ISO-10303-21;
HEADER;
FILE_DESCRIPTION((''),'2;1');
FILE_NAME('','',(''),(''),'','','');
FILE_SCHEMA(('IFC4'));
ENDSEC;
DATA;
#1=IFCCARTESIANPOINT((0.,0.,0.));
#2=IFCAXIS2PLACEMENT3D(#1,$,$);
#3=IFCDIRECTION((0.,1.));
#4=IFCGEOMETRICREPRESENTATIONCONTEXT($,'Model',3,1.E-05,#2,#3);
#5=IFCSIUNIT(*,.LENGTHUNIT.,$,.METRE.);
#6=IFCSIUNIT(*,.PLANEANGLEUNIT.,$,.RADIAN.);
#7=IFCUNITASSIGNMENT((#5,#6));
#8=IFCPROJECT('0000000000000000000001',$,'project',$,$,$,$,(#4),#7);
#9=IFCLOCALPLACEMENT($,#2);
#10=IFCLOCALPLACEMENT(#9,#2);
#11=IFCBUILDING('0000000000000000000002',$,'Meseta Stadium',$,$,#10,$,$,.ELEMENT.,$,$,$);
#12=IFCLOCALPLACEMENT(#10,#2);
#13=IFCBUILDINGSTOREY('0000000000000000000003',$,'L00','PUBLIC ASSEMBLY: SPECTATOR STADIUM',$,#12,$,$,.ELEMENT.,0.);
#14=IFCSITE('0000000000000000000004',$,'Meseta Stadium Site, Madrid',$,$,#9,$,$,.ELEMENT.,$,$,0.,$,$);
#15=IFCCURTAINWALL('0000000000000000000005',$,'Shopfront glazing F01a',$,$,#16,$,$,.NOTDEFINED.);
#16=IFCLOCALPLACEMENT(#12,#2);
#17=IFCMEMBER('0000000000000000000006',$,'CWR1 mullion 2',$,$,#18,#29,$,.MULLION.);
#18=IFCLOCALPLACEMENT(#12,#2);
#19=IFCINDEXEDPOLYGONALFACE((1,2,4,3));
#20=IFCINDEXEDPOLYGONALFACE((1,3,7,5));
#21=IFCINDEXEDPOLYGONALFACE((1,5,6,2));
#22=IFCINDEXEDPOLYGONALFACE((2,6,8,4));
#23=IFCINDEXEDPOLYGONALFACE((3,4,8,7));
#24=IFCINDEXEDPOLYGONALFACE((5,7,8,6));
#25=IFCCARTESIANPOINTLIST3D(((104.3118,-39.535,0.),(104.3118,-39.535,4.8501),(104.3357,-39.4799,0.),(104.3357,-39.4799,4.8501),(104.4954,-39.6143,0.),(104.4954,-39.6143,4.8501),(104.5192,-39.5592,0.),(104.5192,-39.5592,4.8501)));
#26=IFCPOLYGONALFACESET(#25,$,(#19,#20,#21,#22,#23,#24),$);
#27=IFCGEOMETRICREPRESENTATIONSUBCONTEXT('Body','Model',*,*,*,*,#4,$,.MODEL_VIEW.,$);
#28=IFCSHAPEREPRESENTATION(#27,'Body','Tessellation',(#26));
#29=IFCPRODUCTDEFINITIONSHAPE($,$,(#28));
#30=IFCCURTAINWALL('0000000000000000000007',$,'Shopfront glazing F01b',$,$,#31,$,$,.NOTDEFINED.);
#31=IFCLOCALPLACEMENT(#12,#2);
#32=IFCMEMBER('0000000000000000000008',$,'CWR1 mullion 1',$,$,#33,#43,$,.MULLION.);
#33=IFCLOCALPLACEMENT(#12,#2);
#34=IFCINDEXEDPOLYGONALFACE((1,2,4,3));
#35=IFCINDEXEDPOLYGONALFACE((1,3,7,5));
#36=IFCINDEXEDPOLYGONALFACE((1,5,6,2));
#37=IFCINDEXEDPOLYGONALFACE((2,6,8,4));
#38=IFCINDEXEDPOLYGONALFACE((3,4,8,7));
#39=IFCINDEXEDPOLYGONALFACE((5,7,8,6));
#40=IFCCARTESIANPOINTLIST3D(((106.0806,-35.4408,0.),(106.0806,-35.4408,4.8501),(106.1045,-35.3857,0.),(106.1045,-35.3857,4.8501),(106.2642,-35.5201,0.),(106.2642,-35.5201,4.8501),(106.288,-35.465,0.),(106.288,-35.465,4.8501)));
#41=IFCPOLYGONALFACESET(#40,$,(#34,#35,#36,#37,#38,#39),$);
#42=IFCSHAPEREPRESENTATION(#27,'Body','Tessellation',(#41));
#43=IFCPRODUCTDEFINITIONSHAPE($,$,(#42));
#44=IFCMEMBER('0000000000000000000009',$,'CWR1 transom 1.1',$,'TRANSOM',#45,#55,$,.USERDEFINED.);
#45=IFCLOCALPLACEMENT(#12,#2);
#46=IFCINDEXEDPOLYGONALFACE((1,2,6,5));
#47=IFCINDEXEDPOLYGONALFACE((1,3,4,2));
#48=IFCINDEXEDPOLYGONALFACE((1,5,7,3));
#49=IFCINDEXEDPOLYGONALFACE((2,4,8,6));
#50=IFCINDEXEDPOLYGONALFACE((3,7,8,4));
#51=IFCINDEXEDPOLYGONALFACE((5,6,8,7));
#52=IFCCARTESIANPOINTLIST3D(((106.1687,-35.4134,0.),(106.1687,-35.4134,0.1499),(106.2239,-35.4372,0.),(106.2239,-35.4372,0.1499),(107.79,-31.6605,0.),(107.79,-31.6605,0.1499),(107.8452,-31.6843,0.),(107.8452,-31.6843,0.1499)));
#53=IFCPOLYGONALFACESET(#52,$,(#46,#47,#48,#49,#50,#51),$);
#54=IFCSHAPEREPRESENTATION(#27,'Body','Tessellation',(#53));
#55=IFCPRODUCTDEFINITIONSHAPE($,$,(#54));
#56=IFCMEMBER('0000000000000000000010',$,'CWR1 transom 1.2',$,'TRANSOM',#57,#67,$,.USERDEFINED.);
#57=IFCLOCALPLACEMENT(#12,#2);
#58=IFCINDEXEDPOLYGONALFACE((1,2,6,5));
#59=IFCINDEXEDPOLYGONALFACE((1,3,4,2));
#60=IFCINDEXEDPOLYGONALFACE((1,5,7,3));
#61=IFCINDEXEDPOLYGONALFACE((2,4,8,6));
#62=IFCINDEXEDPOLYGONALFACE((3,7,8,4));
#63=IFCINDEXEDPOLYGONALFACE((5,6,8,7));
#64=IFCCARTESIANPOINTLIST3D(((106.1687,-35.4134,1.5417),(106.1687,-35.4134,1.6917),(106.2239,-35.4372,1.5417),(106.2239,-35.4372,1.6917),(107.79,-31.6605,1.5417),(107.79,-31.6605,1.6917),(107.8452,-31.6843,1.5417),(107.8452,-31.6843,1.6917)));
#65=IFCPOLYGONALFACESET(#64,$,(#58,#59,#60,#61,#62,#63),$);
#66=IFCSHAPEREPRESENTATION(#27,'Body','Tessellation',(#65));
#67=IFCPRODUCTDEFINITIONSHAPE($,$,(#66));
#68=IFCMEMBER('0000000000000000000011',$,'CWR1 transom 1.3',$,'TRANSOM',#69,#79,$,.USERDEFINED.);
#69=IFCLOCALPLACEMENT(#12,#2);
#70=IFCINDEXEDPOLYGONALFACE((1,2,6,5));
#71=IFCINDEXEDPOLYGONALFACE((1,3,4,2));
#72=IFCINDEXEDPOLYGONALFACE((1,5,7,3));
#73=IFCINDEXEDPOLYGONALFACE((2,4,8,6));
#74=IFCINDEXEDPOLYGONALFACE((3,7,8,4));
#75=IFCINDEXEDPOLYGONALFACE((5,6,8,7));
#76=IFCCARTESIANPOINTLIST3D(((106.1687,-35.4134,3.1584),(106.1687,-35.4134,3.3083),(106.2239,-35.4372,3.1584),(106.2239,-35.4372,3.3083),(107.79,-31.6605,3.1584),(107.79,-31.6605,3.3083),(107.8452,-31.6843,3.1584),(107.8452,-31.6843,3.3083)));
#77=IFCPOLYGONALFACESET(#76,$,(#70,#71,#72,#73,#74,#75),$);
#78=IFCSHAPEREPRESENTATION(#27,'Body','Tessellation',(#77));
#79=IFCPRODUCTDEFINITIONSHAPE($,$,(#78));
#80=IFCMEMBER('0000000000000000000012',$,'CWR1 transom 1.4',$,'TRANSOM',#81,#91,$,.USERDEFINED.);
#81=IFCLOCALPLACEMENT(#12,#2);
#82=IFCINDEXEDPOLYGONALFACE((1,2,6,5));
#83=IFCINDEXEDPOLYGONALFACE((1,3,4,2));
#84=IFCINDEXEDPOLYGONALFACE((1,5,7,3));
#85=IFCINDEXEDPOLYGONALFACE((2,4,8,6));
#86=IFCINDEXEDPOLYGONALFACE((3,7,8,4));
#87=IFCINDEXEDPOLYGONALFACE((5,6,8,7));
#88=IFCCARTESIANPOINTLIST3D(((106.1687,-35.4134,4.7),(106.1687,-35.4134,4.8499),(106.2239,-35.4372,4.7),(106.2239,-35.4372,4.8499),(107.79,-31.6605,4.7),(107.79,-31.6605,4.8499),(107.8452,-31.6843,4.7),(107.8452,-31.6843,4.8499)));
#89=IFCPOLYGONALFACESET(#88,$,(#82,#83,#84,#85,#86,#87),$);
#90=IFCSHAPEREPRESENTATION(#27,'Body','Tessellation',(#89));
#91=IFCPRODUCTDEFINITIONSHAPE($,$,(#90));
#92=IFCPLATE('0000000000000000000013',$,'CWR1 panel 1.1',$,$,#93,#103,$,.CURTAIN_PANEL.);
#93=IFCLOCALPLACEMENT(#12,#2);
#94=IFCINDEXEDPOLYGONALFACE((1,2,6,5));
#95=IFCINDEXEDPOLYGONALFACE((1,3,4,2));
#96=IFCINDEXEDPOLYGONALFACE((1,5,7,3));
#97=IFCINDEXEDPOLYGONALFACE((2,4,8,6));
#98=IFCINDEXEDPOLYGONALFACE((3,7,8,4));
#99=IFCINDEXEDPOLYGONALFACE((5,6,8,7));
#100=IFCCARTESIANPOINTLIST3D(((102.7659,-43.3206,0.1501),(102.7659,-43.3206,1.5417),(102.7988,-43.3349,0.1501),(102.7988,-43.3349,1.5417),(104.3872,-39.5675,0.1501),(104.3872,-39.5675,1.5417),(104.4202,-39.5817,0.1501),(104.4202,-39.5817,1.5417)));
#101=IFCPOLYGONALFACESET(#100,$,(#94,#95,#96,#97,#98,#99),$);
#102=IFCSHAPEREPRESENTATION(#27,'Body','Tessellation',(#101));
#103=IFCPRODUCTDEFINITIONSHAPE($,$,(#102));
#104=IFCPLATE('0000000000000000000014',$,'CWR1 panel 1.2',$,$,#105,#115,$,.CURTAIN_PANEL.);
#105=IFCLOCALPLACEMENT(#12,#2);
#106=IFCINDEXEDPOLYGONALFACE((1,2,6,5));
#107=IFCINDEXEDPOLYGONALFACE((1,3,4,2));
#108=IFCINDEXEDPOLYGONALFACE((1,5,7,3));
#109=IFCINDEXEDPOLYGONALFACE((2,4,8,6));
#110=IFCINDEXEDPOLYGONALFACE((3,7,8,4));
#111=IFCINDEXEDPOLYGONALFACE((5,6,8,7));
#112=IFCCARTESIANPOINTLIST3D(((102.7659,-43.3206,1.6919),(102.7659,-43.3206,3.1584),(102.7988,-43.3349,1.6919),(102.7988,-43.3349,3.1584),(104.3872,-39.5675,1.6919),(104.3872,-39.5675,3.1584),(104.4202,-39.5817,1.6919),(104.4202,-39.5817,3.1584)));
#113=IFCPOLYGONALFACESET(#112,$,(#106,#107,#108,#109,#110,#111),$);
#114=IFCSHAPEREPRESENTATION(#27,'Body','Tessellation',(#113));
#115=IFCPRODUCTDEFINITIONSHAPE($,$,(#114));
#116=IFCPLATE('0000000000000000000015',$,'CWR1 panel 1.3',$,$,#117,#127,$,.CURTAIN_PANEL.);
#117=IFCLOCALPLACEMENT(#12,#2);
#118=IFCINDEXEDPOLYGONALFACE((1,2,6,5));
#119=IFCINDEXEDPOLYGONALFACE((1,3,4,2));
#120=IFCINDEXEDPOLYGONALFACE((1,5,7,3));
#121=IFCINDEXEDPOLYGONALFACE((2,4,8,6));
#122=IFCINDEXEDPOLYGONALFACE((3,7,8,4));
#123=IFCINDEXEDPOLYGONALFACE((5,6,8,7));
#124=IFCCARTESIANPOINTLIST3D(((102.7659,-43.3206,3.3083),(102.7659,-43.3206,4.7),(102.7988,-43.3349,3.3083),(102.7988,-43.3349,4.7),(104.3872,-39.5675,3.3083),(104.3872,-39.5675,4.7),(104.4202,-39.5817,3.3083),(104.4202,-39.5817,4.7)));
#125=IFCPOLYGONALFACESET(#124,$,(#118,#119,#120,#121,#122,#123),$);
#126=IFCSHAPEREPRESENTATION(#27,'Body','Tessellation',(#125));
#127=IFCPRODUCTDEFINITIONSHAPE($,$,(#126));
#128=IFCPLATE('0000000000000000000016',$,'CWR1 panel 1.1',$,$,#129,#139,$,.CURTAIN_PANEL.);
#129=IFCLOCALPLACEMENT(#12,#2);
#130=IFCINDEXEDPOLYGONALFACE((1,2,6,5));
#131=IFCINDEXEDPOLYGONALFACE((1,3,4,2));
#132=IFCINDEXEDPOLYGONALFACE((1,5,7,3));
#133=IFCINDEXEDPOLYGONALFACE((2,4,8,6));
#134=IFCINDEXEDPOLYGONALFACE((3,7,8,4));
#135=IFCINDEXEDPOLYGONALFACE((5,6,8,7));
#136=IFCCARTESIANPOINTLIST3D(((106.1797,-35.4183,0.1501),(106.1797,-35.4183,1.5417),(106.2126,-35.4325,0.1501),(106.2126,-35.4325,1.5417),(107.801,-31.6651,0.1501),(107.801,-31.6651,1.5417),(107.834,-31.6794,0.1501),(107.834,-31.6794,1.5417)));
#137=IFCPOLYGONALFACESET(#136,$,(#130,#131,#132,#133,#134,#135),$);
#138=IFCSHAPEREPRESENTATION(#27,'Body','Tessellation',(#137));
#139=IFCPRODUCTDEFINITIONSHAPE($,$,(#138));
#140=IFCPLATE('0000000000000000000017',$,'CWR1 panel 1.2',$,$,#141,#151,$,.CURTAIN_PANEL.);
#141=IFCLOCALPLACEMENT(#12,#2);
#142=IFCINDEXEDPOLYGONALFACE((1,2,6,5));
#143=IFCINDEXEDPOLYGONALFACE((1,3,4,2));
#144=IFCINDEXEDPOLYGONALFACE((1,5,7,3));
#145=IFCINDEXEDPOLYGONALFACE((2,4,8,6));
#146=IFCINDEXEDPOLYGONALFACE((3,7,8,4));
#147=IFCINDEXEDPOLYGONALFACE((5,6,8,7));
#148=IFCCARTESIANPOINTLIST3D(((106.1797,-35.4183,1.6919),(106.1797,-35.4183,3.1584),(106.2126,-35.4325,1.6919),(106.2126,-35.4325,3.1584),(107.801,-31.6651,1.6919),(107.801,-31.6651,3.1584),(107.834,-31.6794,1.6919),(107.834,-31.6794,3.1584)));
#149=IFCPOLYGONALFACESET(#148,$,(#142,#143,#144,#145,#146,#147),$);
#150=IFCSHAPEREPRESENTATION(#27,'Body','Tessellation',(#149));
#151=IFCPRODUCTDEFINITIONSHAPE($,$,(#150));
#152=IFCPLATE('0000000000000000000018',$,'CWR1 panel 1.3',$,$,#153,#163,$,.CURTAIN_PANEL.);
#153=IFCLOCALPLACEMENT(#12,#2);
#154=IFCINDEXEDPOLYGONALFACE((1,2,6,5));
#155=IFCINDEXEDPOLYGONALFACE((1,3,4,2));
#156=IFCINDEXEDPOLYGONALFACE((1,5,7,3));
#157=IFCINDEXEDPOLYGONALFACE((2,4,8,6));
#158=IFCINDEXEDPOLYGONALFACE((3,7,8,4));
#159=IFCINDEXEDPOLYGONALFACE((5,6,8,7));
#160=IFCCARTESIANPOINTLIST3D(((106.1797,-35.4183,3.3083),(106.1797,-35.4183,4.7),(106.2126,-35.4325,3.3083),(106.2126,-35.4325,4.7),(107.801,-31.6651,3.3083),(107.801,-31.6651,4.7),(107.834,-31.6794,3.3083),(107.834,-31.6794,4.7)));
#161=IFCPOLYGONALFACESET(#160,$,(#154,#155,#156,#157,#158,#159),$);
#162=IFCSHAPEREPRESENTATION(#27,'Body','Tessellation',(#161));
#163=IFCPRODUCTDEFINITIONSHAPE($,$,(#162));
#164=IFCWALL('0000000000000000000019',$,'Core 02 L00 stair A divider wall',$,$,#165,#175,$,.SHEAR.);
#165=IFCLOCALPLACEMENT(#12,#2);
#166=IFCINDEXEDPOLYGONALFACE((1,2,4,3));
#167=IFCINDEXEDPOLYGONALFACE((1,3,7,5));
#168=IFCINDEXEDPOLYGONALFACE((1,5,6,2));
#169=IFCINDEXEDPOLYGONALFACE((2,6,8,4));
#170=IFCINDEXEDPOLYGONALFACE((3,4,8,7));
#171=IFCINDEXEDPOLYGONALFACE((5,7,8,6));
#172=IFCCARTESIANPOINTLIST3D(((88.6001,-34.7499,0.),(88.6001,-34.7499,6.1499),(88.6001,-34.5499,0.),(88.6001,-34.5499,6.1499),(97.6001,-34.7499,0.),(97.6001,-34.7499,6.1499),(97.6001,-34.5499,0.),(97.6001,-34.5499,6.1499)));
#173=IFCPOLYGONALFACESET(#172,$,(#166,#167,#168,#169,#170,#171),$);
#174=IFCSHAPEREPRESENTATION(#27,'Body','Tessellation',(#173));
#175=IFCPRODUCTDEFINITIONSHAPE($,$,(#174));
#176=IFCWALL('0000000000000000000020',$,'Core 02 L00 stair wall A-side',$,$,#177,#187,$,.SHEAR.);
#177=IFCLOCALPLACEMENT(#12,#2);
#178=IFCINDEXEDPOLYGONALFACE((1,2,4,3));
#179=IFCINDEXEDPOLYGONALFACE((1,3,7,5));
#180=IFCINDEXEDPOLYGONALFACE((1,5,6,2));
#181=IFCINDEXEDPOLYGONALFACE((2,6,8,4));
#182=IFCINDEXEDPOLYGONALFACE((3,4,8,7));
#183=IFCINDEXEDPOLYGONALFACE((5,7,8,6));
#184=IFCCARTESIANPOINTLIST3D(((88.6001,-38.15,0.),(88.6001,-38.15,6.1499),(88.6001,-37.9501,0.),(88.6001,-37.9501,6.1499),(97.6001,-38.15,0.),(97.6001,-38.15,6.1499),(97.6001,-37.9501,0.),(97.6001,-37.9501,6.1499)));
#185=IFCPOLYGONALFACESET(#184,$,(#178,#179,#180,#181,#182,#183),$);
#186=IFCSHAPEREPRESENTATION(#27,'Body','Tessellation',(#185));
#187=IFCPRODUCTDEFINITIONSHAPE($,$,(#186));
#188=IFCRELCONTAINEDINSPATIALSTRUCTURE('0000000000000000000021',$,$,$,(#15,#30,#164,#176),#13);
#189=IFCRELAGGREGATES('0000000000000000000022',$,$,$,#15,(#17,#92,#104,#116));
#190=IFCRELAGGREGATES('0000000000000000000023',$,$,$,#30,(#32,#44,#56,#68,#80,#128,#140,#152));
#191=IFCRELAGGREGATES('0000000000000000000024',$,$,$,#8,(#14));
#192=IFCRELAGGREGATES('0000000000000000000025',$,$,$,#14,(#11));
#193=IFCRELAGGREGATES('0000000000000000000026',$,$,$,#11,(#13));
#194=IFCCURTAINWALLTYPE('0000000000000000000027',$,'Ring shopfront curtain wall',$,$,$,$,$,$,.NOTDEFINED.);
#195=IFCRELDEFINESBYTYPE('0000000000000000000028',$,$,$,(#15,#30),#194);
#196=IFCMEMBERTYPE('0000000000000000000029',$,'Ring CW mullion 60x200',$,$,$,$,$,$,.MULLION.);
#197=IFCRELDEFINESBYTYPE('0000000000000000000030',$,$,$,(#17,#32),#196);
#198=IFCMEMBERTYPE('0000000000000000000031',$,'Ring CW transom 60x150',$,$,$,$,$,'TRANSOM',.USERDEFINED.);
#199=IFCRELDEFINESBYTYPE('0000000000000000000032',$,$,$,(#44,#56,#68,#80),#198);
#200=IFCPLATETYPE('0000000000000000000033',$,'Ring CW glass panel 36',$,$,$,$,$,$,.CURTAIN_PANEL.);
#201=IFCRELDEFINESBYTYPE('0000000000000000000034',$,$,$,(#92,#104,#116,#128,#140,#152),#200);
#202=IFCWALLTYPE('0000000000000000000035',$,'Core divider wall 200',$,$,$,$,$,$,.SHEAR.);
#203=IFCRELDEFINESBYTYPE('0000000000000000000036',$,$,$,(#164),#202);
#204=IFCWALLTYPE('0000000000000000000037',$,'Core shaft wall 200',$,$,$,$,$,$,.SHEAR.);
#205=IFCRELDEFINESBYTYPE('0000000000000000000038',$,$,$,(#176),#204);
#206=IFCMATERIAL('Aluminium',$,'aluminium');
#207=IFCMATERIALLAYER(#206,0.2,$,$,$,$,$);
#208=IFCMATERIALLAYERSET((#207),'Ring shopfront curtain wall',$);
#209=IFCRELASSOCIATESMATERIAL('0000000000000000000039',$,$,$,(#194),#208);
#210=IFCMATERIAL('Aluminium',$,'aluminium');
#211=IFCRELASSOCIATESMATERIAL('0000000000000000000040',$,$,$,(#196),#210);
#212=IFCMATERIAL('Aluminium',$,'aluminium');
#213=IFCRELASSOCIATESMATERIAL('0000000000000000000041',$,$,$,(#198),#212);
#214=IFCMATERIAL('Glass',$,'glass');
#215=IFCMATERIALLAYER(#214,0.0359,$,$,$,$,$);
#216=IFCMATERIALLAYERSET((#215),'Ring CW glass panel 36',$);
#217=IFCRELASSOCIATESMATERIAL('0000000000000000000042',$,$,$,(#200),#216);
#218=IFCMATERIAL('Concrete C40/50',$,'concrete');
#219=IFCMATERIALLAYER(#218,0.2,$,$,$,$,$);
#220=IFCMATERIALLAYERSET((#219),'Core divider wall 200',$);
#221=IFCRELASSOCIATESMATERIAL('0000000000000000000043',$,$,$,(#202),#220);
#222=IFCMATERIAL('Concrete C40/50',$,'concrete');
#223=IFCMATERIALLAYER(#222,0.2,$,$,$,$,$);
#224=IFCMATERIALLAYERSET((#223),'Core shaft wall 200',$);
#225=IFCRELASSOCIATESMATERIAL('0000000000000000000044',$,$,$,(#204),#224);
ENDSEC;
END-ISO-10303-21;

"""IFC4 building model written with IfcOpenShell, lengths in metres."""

from ifc_helpers import new_model, si_unit, direction, frame, frame_2d, origin, origin_2d, place, context, subcontext, project, spatial, rectangle, extrude, material, layer, layer_set, material_profile, profile_set, type_object, element, aggregate, save


model = new_model("IFC4")

# Units and contexts
model_context = context("Model", 3, precision=1e-05, world=origin(), true_north=direction((0.0, 1.0)))
body_context = subcontext(model_context, "Body", "Model", "MODEL_VIEW")
ifc_project = project(units=[si_unit("LENGTHUNIT", "METRE"), si_unit("PLANEANGLEUNIT", "RADIAN")], contexts=[model_context])

# Site, building, storey
site_placement = place(None, origin())
site = spatial("IfcSite", under=ifc_project, at=site_placement, Name="Meseta Stadium Site, Madrid", CompositionType="ELEMENT", RefElevation=0.0)
building_placement = place(site_placement, origin())
building = spatial("IfcBuilding", under=site, at=building_placement, Name="Meseta Stadium", CompositionType="ELEMENT")
storey_placement = place(building_placement, origin())
storey = spatial("IfcBuildingStorey", under=building, at=storey_placement, Name="L00", Description="PUBLIC ASSEMBLY: SPECTATOR STADIUM", CompositionType="ELEMENT", Elevation=0.0)

# Curtain wall, member
ifc_material_1 = material(Name="Aluminium", Category="aluminium")
ifc_layer_1 = layer(ifc_material_1, 0.2)
ifc_layer_set_1 = layer_set([ifc_layer_1], Name="Ring shopfront curtain wall")
curtain_wall_type = type_object("IfcCurtainWallType", Name="Ring shopfront curtain wall", PredefinedType="NOTDEFINED", material=ifc_layer_set_1)
curtain_wall_1_placement = place(storey_placement, origin())
curtain_wall_1 = element("IfcCurtainWall", 1, at=curtain_wall_1_placement, inside=storey, type_object=curtain_wall_type, Name="Shopfront glazing F01a", PredefinedType="NOTDEFINED")
ifc_material_2 = material(Name="Aluminium", Category="aluminium")
ifc_material_profile_1 = material_profile(ifc_material_2, rectangle(XDim=0.2, YDim=0.0601, at=origin_2d()), Name="CW 200x60")
ifc_profile_set_1 = profile_set([ifc_material_profile_1], Name="Aluminium")
member_type_1 = type_object("IfcMemberType", Name="Ring CW mullion 60x200", PredefinedType="MULLION", material=ifc_profile_set_1)
member_1_placement = place(storey_placement, frame((104.4155, -39.5471, 0.0), z_axis=(0.0, 0.0, 1.0), x_axis=(-0.918002, 0.396576, 0.0)))
member_1 = element("IfcMember", 2, at=member_1_placement, type_object=member_type_1, Name="CWR1 mullion 2", PredefinedType="MULLION", context=body_context, shape_type="SweptSolid", body=[
    extrude(rectangle(XDim=0.2, YDim=0.0601, at=origin_2d()), origin(), (0.0, 0.0, 1.0), 4.8501),
])

# Curtain wall, members
curtain_wall_2_placement = place(storey_placement, origin())
curtain_wall_2 = element("IfcCurtainWall", 3, at=curtain_wall_2_placement, inside=storey, type_object=curtain_wall_type, Name="Shopfront glazing F01b", PredefinedType="NOTDEFINED")
member_2_placement = place(storey_placement, frame((106.1843, -35.4529, 0.0), z_axis=(0.0, 0.0, 1.0), x_axis=(-0.918002, 0.396576, 0.0)))
member_2 = element("IfcMember", 4, at=member_2_placement, type_object=member_type_1, Name="CWR1 mullion 1", PredefinedType="MULLION", context=body_context, shape_type="SweptSolid", body=[
    extrude(rectangle(XDim=0.2, YDim=0.0601, at=origin_2d()), origin(), (0.0, 0.0, 1.0), 4.8501),
])
ifc_material_3 = material(Name="Aluminium", Category="aluminium")
ifc_material_profile_2 = material_profile(ifc_material_3, rectangle(XDim=0.0601, YDim=0.1499, at=origin_2d()), Name="CW 60x150")
ifc_profile_set_2 = profile_set([ifc_material_profile_2], Name="Aluminium")
member_type_2 = type_object("IfcMemberType", Name="Ring CW transom 60x150", ElementType="TRANSOM", PredefinedType="USERDEFINED", material=ifc_profile_set_2)
member_3_placement = place(storey_placement, frame((106.1963, -35.4253, 0.075), z_axis=(0.396592, 0.917995, 0.0), x_axis=(-0.917995, 0.396592, 0.0)))
member_3 = element("IfcMember", 5, at=member_3_placement, type_object=member_type_2, Name="CWR1 transom 1.1", ObjectType="TRANSOM", PredefinedType="USERDEFINED", context=body_context, shape_type="SweptSolid", body=[
    extrude(rectangle(XDim=0.0601, YDim=0.1499, at=origin_2d()), origin(), (0.0, 0.0, 1.0), 4.0881),
])
member_4_placement = place(storey_placement, frame((106.1963, -35.4253, 1.6167), z_axis=(0.396592, 0.917995, 0.0), x_axis=(-0.917995, 0.396592, 0.0)))
member_4 = element("IfcMember", 6, at=member_4_placement, type_object=member_type_2, Name="CWR1 transom 1.2", ObjectType="TRANSOM", PredefinedType="USERDEFINED", context=body_context, shape_type="SweptSolid", body=[
    extrude(rectangle(XDim=0.0601, YDim=0.1499, at=origin_2d()), origin(), (0.0, 0.0, 1.0), 4.0881),
])
member_5_placement = place(storey_placement, frame((106.1963, -35.4253, 3.2334), z_axis=(0.396592, 0.917995, 0.0), x_axis=(-0.917995, 0.396592, 0.0)))
member_5 = element("IfcMember", 7, at=member_5_placement, type_object=member_type_2, Name="CWR1 transom 1.3", ObjectType="TRANSOM", PredefinedType="USERDEFINED", context=body_context, shape_type="SweptSolid", body=[
    extrude(rectangle(XDim=0.0601, YDim=0.1499, at=origin_2d()), origin(), (0.0, 0.0, 1.0), 4.0881),
])
member_6_placement = place(storey_placement, frame((106.1963, -35.4253, 4.7749), z_axis=(0.396592, 0.917995, 0.0), x_axis=(-0.917995, 0.396592, 0.0)))
member_6 = element("IfcMember", 8, at=member_6_placement, type_object=member_type_2, Name="CWR1 transom 1.4", ObjectType="TRANSOM", PredefinedType="USERDEFINED", context=body_context, shape_type="SweptSolid", body=[
    extrude(rectangle(XDim=0.0601, YDim=0.1499, at=origin_2d()), origin(), (0.0, 0.0, 1.0), 4.0881),
])

# Plates
ifc_material_4 = material(Name="Glass", Category="glass")
ifc_layer_2 = layer(ifc_material_4, 0.0359)
ifc_layer_set_2 = layer_set([ifc_layer_2], Name="Ring CW glass panel 36")
plate_type = type_object("IfcPlateType", Name="Ring CW glass panel 36", PredefinedType="CURTAIN_PANEL", material=ifc_layer_set_2)
plate_1_placement = place(storey_placement, frame((103.593, -41.4512, 0.1501), z_axis=(0.0, 0.0, 1.0), x_axis=(0.396576, 0.918002, 0.0)))
plate_1 = element("IfcPlate", 9, at=plate_1_placement, type_object=plate_type, Name="CWR1 panel 1.1", PredefinedType="CURTAIN_PANEL", context=body_context, shape_type="SweptSolid", body=[
    extrude(rectangle(XDim=4.0884, YDim=0.0359, at=origin_2d()), origin(), (0.0, 0.0, 1.0), 1.3916),
])
plate_2_placement = place(storey_placement, frame((103.593, -41.4512, 1.6919), z_axis=(0.0, 0.0, 1.0), x_axis=(0.396576, 0.918002, 0.0)))
plate_2 = element("IfcPlate", 10, at=plate_2_placement, type_object=plate_type, Name="CWR1 panel 1.2", PredefinedType="CURTAIN_PANEL", context=body_context, shape_type="SweptSolid", body=[
    extrude(rectangle(XDim=4.0884, YDim=0.0359, at=origin_2d()), origin(), (0.0, 0.0, 1.0), 1.4666),
])
plate_3_placement = place(storey_placement, frame((103.593, -41.4512, 3.3083), z_axis=(0.0, 0.0, 1.0), x_axis=(0.396576, 0.918002, 0.0)))
plate_3 = element("IfcPlate", 11, at=plate_3_placement, type_object=plate_type, Name="CWR1 panel 1.3", PredefinedType="CURTAIN_PANEL", context=body_context, shape_type="SweptSolid", body=[
    extrude(rectangle(XDim=4.0884, YDim=0.0359, at=origin_2d()), origin(), (0.0, 0.0, 1.0), 1.3916),
])
aggregate(curtain_wall_1, [member_1, plate_1, plate_2, plate_3])
plate_4_placement = place(storey_placement, frame((107.0068, -33.5488, 0.1501), z_axis=(0.0, 0.0, 1.0), x_axis=(0.396576, 0.918002, 0.0)))
plate_4 = element("IfcPlate", 12, at=plate_4_placement, type_object=plate_type, Name="CWR1 panel 1.1", PredefinedType="CURTAIN_PANEL", context=body_context, shape_type="SweptSolid", body=[
    extrude(rectangle(XDim=4.0884, YDim=0.0359, at=origin_2d()), origin(), (0.0, 0.0, 1.0), 1.3916),
])
plate_5_placement = place(storey_placement, frame((107.0068, -33.5488, 1.6919), z_axis=(0.0, 0.0, 1.0), x_axis=(0.396576, 0.918002, 0.0)))
plate_5 = element("IfcPlate", 13, at=plate_5_placement, type_object=plate_type, Name="CWR1 panel 1.2", PredefinedType="CURTAIN_PANEL", context=body_context, shape_type="SweptSolid", body=[
    extrude(rectangle(XDim=4.0884, YDim=0.0359, at=origin_2d()), origin(), (0.0, 0.0, 1.0), 1.4666),
])
plate_6_placement = place(storey_placement, frame((107.0068, -33.5488, 3.3083), z_axis=(0.0, 0.0, 1.0), x_axis=(0.396576, 0.918002, 0.0)))
plate_6 = element("IfcPlate", 14, at=plate_6_placement, type_object=plate_type, Name="CWR1 panel 1.3", PredefinedType="CURTAIN_PANEL", context=body_context, shape_type="SweptSolid", body=[
    extrude(rectangle(XDim=4.0884, YDim=0.0359, at=origin_2d()), origin(), (0.0, 0.0, 1.0), 1.3916),
])
aggregate(curtain_wall_2, [member_2, member_3, member_4, member_5, member_6, plate_4, plate_5, plate_6])

# Walls
ifc_material_5 = material(Name="Concrete C40/50", Category="concrete")
ifc_layer_3 = layer(ifc_material_5, 0.2)
ifc_layer_set_3 = layer_set([ifc_layer_3], Name="Core divider wall 200")
wall_type_1 = type_object("IfcWallType", Name="Core divider wall 200", PredefinedType="SHEAR", material=ifc_layer_set_3)
wall_1_placement = place(storey_placement, frame((97.6001, -34.6499, 0.0), z_axis=(0.0, 0.0, 1.0), x_axis=(-1.0, 0.0, 0.0)))
element("IfcWall", 15, at=wall_1_placement, inside=storey, type_object=wall_type_1, Name="Core 02 L00 stair A divider wall", PredefinedType="SHEAR", context=body_context, shape_type="SweptSolid", body=[
    extrude(rectangle(XDim=9.0, YDim=0.2, at=frame_2d((4.5, 0.0))), origin(), (0.0, 0.0, 1.0), 6.1499),
])
ifc_material_6 = material(Name="Concrete C40/50", Category="concrete")
ifc_layer_4 = layer(ifc_material_6, 0.2)
ifc_layer_set_4 = layer_set([ifc_layer_4], Name="Core shaft wall 200")
wall_type_2 = type_object("IfcWallType", Name="Core shaft wall 200", PredefinedType="SHEAR", material=ifc_layer_set_4)
wall_2_placement = place(storey_placement, frame((97.6001, -38.05, 0.0), z_axis=(0.0, 0.0, 1.0), x_axis=(-1.0, 0.0, 0.0)))
element("IfcWall", 16, at=wall_2_placement, inside=storey, type_object=wall_type_2, Name="Core 02 L00 stair wall A-side", PredefinedType="SHEAR", context=body_context, shape_type="SweptSolid", body=[
    extrude(rectangle(XDim=9.0, YDim=0.2, at=frame_2d((4.5, 0.0))), origin(), (0.0, 0.0, 1.0), 6.1499),
])

save(model, "model.ifc")
